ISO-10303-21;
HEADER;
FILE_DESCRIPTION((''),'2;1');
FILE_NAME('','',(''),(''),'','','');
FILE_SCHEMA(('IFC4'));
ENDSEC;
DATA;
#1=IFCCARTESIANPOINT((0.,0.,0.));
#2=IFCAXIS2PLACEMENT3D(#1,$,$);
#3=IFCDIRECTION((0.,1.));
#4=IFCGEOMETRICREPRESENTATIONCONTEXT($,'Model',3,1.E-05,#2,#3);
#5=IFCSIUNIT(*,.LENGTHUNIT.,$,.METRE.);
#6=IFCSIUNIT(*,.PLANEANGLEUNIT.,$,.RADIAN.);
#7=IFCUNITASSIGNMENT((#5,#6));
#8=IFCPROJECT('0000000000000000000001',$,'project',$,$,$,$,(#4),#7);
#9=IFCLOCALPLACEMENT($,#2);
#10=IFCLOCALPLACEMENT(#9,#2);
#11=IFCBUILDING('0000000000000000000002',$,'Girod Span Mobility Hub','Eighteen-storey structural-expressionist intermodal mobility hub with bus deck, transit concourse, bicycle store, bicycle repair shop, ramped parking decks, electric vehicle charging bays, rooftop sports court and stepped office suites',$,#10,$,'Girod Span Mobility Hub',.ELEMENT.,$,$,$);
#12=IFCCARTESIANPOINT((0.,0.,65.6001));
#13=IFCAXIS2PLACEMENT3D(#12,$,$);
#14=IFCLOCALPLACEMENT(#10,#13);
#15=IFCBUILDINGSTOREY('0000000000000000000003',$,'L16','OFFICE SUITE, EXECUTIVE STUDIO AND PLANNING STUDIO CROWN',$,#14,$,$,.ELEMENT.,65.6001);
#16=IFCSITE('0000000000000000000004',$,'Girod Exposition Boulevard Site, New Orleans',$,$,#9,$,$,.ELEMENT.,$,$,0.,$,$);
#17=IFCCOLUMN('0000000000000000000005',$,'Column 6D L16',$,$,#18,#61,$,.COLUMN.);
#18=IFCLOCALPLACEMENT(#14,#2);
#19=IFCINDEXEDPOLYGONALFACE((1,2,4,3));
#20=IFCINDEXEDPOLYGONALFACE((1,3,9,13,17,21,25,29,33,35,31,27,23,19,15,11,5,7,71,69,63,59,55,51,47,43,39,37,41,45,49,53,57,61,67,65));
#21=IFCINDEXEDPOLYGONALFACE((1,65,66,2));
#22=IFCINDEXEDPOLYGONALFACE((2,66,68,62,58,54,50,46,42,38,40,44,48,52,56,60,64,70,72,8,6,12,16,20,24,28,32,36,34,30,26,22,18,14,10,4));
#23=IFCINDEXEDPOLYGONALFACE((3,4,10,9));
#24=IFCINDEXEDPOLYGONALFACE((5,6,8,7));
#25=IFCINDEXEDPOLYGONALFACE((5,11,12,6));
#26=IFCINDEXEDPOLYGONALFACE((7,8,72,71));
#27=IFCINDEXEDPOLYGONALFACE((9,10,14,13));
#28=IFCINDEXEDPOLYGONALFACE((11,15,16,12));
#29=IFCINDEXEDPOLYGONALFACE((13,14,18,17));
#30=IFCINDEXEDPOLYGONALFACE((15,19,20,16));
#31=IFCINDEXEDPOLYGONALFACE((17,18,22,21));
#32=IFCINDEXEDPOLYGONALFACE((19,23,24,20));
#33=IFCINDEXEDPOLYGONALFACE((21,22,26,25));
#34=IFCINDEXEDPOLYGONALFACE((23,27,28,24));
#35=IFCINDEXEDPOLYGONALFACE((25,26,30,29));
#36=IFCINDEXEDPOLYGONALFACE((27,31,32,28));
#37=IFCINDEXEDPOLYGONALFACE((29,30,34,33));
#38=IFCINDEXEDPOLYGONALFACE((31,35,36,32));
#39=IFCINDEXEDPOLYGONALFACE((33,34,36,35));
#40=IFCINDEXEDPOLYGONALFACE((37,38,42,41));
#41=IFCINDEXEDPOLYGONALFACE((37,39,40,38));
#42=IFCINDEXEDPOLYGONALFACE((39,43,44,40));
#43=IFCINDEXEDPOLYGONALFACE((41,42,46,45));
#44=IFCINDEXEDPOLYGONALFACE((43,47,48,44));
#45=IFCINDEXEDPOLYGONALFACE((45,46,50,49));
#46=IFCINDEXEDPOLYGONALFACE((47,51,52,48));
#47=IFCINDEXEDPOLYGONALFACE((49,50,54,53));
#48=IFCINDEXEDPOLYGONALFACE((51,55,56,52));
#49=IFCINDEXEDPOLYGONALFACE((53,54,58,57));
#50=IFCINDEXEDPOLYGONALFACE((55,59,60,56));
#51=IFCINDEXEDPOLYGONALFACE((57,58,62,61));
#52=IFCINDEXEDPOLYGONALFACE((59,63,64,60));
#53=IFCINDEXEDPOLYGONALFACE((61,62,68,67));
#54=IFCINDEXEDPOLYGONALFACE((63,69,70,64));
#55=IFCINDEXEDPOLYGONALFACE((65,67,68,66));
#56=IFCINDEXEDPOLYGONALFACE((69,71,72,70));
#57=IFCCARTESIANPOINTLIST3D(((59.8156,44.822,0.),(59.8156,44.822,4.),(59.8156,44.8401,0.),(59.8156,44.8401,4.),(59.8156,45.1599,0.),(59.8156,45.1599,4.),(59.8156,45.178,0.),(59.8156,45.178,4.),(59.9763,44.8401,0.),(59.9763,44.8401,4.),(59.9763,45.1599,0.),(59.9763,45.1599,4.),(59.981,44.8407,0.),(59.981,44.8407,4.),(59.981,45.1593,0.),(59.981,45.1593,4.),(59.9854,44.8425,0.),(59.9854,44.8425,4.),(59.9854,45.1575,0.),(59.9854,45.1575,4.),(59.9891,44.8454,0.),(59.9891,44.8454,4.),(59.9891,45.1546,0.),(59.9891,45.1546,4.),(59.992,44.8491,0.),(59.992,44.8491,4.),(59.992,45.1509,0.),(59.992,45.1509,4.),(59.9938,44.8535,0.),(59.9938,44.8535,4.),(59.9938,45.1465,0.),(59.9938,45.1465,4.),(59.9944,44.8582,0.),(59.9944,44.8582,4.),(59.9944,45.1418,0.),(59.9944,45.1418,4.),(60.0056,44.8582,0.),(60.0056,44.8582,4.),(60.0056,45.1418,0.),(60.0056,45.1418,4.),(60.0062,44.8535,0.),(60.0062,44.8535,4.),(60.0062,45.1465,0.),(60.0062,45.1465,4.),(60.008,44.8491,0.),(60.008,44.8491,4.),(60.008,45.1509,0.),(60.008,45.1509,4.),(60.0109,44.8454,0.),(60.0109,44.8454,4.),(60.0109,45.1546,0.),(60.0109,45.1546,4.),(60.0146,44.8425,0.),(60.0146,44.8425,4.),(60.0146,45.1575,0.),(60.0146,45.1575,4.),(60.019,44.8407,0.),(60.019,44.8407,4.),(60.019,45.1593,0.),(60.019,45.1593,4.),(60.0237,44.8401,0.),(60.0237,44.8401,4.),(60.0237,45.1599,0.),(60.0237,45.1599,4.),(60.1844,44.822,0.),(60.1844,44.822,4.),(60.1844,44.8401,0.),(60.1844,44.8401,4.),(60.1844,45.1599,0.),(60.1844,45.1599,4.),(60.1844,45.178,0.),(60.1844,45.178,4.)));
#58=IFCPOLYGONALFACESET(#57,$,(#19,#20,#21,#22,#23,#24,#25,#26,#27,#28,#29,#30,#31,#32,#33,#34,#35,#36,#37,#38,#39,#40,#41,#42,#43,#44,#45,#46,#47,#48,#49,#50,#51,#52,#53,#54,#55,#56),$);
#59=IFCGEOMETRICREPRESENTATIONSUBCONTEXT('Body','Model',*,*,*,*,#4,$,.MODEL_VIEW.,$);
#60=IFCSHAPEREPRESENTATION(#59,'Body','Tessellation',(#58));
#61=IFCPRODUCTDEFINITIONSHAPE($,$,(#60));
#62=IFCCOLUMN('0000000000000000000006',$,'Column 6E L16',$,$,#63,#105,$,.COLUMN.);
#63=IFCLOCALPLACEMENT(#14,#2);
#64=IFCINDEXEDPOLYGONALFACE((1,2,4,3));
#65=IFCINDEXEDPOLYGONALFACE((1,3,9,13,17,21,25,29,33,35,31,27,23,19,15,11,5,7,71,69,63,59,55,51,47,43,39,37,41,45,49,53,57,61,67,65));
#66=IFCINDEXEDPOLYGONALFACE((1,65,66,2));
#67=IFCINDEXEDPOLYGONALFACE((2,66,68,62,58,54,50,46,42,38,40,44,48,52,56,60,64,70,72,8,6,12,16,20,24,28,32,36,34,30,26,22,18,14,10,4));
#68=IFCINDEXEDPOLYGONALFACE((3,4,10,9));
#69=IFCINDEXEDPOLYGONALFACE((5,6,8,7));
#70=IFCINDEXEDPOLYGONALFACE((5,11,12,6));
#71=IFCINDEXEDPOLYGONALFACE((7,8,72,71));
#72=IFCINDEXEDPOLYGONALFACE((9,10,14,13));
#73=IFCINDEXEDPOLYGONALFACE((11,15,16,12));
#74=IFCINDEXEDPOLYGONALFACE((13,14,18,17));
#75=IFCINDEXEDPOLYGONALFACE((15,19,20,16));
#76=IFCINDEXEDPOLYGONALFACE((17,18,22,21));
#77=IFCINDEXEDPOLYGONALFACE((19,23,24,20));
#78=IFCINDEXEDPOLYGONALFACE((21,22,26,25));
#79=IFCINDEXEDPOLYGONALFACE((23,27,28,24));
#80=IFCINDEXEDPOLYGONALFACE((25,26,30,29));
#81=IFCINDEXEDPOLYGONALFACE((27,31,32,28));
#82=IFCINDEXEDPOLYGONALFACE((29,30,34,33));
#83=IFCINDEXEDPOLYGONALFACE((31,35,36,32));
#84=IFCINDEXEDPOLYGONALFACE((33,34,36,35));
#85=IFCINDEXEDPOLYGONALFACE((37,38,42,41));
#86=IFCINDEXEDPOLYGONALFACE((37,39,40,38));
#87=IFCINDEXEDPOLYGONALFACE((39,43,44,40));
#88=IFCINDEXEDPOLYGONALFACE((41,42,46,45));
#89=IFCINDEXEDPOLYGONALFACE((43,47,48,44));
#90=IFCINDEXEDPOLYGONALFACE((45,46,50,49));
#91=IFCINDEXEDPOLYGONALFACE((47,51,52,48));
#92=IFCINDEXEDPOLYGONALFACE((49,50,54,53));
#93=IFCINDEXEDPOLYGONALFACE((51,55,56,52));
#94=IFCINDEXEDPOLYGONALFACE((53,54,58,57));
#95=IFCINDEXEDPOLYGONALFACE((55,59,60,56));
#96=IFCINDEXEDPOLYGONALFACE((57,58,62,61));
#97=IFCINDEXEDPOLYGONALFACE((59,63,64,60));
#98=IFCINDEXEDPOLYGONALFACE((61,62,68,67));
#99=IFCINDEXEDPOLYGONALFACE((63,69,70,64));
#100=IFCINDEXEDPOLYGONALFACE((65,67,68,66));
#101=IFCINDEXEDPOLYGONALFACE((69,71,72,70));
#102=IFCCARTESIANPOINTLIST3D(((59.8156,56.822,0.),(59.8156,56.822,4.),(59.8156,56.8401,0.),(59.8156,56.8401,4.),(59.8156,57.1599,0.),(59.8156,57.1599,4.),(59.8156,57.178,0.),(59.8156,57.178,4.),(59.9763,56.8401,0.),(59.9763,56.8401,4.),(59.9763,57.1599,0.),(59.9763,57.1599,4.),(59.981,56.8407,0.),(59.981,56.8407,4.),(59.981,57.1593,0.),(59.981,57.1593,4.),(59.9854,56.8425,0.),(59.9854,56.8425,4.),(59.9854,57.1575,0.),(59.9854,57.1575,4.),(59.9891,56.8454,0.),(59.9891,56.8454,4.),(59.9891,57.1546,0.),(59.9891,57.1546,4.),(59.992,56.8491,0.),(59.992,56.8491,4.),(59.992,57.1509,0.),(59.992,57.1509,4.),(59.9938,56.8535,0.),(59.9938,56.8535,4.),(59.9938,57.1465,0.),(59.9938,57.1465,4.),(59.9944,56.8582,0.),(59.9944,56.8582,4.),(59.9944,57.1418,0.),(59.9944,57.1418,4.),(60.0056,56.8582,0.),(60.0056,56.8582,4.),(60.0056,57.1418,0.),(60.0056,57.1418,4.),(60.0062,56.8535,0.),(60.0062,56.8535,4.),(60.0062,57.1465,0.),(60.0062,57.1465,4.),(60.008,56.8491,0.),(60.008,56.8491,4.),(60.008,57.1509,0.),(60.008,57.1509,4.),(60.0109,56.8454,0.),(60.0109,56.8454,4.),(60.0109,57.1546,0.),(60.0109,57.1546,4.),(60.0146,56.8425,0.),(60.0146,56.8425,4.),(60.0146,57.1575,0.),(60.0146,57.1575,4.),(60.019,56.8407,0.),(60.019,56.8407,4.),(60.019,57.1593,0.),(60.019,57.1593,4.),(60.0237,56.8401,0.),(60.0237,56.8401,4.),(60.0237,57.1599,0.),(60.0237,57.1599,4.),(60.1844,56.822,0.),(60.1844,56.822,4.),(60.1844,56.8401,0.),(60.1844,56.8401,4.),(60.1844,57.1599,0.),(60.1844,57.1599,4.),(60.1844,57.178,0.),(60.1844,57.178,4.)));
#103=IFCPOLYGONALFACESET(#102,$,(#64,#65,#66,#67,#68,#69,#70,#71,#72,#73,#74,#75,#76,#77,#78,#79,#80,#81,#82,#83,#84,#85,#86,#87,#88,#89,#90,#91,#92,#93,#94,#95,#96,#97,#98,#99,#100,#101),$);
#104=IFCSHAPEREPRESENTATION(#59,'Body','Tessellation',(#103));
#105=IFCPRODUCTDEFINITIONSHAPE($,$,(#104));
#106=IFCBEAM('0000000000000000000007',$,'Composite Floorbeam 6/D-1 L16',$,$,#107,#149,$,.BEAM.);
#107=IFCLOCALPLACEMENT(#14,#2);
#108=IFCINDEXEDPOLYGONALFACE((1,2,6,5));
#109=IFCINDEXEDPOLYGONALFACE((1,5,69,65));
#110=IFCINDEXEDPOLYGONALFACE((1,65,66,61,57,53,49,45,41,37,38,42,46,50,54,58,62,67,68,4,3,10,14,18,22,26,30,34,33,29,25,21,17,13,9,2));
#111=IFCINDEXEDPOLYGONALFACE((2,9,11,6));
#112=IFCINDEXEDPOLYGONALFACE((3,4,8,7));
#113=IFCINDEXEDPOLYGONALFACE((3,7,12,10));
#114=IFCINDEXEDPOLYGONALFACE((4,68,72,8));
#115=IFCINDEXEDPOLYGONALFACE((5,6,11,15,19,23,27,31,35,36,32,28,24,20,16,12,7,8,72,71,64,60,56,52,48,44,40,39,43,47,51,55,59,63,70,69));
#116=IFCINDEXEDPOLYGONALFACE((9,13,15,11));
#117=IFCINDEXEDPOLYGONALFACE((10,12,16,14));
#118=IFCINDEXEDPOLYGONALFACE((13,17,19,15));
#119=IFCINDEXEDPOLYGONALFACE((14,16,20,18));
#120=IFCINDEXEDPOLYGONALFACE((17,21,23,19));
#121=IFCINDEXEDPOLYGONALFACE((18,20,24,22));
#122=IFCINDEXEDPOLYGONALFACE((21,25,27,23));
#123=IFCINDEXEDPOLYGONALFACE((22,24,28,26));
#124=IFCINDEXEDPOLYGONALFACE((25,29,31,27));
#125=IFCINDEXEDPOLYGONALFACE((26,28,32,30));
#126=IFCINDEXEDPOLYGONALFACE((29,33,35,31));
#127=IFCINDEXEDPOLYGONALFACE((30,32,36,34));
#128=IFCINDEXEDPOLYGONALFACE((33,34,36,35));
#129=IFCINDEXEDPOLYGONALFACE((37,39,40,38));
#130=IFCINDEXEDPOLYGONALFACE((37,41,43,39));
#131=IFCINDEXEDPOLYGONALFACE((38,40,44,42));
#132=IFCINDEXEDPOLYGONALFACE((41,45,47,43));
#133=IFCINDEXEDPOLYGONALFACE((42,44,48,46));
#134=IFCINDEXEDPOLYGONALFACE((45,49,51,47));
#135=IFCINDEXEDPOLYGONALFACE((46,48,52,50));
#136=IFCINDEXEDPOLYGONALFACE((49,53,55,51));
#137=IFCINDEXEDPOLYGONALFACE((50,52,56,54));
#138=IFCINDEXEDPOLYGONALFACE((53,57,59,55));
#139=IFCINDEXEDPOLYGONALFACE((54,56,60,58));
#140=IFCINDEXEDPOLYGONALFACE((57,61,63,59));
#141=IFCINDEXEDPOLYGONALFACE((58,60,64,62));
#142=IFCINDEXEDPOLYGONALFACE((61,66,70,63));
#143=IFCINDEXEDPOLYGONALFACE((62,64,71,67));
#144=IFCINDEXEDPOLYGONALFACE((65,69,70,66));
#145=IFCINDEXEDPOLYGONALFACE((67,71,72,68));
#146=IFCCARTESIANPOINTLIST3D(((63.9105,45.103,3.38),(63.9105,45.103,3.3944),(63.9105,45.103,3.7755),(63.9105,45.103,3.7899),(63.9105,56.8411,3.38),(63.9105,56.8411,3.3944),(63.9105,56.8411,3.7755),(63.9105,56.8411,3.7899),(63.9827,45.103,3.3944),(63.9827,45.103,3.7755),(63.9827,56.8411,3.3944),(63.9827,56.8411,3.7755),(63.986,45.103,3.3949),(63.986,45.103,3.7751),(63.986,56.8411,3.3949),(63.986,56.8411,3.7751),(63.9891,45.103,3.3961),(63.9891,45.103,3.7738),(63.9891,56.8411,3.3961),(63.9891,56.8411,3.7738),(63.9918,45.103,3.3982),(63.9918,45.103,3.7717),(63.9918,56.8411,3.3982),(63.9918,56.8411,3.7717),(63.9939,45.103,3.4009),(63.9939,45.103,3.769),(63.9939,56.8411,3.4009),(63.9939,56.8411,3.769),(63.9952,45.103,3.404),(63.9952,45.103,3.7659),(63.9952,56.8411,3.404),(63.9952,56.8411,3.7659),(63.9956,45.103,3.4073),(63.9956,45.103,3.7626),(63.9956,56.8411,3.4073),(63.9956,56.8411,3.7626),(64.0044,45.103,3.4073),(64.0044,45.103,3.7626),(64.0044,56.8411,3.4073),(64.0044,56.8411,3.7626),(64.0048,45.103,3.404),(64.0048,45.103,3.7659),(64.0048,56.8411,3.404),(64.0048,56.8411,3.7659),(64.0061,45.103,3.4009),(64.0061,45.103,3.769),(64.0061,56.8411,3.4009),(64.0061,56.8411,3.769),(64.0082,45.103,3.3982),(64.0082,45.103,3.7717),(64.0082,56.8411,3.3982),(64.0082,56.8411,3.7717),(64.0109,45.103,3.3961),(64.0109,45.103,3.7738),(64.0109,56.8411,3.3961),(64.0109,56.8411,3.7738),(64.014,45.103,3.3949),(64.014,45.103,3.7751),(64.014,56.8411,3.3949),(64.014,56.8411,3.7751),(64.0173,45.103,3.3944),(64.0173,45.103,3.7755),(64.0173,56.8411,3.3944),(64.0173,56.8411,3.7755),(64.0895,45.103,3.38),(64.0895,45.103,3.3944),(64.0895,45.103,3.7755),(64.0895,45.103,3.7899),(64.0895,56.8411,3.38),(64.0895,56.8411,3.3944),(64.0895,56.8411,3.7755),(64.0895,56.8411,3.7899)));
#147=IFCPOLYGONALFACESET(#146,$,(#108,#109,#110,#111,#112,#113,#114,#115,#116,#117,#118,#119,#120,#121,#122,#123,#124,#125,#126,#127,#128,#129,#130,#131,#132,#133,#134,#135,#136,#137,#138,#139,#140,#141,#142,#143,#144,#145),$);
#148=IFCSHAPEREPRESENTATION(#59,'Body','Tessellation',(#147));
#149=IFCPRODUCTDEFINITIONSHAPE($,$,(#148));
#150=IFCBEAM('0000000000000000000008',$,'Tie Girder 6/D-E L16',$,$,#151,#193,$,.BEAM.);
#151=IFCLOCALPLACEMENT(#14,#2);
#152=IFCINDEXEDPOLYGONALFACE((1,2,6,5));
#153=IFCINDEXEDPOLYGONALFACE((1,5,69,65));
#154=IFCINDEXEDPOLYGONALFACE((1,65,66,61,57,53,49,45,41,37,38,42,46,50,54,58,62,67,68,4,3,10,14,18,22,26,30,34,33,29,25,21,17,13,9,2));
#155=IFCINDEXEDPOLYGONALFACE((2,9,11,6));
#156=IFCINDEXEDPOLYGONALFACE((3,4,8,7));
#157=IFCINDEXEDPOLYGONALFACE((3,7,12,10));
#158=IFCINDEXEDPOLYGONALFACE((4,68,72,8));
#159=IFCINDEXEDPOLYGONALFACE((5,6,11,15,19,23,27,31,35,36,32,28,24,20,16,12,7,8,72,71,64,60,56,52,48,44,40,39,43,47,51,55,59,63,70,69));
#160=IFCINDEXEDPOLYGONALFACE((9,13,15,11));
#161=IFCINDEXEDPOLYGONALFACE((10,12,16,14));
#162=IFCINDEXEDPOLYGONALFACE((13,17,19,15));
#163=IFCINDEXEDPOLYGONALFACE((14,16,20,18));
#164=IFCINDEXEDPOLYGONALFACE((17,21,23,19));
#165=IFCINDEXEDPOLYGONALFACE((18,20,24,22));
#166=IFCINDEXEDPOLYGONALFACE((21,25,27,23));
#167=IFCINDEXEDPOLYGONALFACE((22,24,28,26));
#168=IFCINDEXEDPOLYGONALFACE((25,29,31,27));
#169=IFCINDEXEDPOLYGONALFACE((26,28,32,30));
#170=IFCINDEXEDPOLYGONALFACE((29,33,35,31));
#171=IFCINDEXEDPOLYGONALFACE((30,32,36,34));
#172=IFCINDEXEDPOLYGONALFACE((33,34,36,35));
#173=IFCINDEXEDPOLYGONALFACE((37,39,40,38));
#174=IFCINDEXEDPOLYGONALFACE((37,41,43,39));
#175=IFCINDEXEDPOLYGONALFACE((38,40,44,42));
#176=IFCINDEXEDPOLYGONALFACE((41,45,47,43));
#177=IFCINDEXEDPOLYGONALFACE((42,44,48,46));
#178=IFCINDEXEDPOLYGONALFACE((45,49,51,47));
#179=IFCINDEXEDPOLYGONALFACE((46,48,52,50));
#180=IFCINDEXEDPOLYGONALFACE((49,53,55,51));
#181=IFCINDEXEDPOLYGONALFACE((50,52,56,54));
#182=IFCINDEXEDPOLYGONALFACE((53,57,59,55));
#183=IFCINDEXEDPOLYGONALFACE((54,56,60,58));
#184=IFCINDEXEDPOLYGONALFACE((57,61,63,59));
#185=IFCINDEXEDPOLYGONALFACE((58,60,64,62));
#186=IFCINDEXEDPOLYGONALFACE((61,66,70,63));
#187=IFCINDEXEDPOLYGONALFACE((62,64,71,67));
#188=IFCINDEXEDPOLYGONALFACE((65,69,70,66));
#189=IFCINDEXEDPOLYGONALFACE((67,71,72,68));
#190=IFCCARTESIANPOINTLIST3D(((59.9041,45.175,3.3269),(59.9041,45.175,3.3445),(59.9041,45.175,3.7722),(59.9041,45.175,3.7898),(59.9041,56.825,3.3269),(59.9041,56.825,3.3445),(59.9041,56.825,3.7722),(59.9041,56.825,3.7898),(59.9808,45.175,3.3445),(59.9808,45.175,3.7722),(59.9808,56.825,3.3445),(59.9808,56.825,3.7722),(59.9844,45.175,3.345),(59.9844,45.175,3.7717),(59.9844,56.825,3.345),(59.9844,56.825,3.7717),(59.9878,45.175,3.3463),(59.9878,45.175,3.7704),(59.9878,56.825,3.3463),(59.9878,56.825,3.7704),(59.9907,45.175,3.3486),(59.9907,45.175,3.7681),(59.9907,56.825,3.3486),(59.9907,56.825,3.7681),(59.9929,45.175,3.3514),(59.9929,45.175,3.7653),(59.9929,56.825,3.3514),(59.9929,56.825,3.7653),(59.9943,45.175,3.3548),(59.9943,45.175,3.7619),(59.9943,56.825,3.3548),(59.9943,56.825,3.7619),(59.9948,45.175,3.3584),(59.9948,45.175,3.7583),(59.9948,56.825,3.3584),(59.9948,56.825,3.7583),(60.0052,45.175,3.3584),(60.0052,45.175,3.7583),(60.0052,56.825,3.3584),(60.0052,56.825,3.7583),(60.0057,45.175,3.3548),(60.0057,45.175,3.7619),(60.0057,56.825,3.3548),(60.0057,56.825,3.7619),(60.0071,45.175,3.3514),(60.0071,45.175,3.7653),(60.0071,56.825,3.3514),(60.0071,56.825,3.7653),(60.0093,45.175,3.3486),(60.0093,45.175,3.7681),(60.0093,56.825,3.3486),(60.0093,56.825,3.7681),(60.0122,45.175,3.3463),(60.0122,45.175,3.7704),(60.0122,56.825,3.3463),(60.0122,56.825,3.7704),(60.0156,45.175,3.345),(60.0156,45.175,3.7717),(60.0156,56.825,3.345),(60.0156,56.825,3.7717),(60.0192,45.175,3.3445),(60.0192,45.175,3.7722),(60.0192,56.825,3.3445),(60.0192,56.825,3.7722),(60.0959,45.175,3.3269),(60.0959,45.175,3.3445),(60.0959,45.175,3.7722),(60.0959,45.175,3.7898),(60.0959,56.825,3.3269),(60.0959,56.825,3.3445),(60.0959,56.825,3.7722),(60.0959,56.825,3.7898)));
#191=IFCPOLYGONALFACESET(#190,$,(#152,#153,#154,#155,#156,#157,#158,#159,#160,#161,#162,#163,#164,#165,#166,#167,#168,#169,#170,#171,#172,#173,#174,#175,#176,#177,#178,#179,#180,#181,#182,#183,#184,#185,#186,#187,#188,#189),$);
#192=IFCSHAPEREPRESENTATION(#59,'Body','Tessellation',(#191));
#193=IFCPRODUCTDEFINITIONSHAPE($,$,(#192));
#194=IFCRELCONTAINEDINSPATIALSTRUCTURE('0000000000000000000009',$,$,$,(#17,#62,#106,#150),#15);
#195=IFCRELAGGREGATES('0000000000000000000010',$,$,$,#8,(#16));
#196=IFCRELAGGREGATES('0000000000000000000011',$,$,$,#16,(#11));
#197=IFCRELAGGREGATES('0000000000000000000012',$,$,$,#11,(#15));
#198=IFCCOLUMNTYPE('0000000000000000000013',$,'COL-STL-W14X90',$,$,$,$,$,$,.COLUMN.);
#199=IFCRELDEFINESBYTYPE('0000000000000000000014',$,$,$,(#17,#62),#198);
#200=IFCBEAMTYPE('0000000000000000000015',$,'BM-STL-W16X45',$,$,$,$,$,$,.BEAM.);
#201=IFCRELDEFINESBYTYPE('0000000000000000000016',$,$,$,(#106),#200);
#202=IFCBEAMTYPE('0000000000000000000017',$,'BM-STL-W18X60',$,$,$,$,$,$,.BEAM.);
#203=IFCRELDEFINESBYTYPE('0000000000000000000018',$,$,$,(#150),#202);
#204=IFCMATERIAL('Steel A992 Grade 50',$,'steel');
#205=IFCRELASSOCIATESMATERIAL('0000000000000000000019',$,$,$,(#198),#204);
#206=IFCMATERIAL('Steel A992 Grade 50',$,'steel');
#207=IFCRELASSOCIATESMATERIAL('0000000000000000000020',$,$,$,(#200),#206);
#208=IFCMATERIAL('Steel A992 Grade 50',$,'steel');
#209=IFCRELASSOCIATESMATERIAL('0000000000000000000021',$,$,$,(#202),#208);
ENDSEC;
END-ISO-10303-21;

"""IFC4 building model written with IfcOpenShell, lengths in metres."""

from ifc_helpers import new_model, si_unit, direction, frame, origin, origin_2d, place, context, subcontext, project, spatial, i_section, extrude, material, material_profile, profile_set, type_object, element, save


model = new_model("IFC4")

# Units and contexts
model_context = context("Model", 3, precision=1e-05, world=origin(), true_north=direction((0.0, 1.0)))
body_context = subcontext(model_context, "Body", "Model", "MODEL_VIEW")
ifc_project = project(units=[si_unit("LENGTHUNIT", "METRE"), si_unit("PLANEANGLEUNIT", "RADIAN")], contexts=[model_context])

# Site, building, storey
site_placement = place(None, origin())
site = spatial("IfcSite", under=ifc_project, at=site_placement, Name="Girod Exposition Boulevard Site, New Orleans", CompositionType="ELEMENT", RefElevation=0.0)
building_placement = place(site_placement, origin())
building = spatial("IfcBuilding", under=site, at=building_placement, Name="Girod Span Mobility Hub", Description="Eighteen-storey structural-expressionist intermodal mobility hub with bus deck, transit concourse, bicycle store, bicycle repair shop, ramped parking decks, electric vehicle charging bays, rooftop sports court and stepped office suites", LongName="Girod Span Mobility Hub", CompositionType="ELEMENT")
storey_placement = place(building_placement, frame((0.0, 0.0, 65.6001)))
storey = spatial("IfcBuildingStorey", under=building, at=storey_placement, Name="L16", Description="OFFICE SUITE, EXECUTIVE STUDIO AND PLANNING STUDIO CROWN", CompositionType="ELEMENT", Elevation=65.6001)

# Columns
ifc_material_1 = material(Name="Steel A992 Grade 50", Category="steel")
ifc_material_profile_1 = material_profile(ifc_material_1, i_section(OverallWidth=0.3689, OverallDepth=0.356, WebThickness=0.0112, FlangeThickness=0.0181, FilletRadius=0.0181, at=origin_2d()), Name="W14X90")
ifc_profile_set_1 = profile_set([ifc_material_profile_1], Name="Steel A992 Grade 50")
column_type = type_object("IfcColumnType", Name="COL-STL-W14X90", PredefinedType="COLUMN", material=ifc_profile_set_1)
for number, where, z_axis, x_axis, name in (
    (1, (60.0, 45.0, 0.0), (0.0, 0.0, 1.0), (1.0, 0.0, 0.0), "Column 6D L16"),
    (2, (60.0, 57.0, 0.0), (0.0, 0.0, 1.0), (1.0, 0.0, 0.0), "Column 6E L16"),
):
    element("IfcColumn", number, at=place(storey_placement, frame(where, z_axis=z_axis, x_axis=x_axis)), inside=storey, type_object=column_type, Name=name, PredefinedType="COLUMN", context=body_context, shape_type="SweptSolid", body=[
        extrude(i_section(OverallWidth=0.3689, OverallDepth=0.356, WebThickness=0.0112, FlangeThickness=0.0181, FilletRadius=0.0181, at=origin_2d()), origin(), (0.0, 0.0, 1.0), 4.0),
    ])

# Beams
ifc_material_2 = material(Name="Steel A992 Grade 50", Category="steel")
ifc_material_profile_2 = material_profile(ifc_material_2, i_section(OverallWidth=0.179, OverallDepth=0.4099, WebThickness=0.0088, FlangeThickness=0.0144, FilletRadius=0.0129, at=origin_2d()), Name="W16X45")
ifc_profile_set_2 = profile_set([ifc_material_profile_2], Name="Steel A992 Grade 50")
beam_type_1 = type_object("IfcBeamType", Name="BM-STL-W16X45", PredefinedType="BEAM", material=ifc_profile_set_2)
beam_1_placement = place(storey_placement, frame((64.0, 45.103, 3.585), z_axis=(0.0, 1.0, 0.0), x_axis=(-1.0, 0.0, 0.0)))
element("IfcBeam", 3, at=beam_1_placement, inside=storey, type_object=beam_type_1, Name="Composite Floorbeam 6/D-1 L16", PredefinedType="BEAM", context=body_context, shape_type="SweptSolid", body=[
    extrude(i_section(OverallWidth=0.179, OverallDepth=0.4099, WebThickness=0.0088, FlangeThickness=0.0144, FilletRadius=0.0129, at=origin_2d()), origin(), (0.0, 0.0, 1.0), 11.738),
])
ifc_material_3 = material(Name="Steel A992 Grade 50", Category="steel")
ifc_material_profile_3 = material_profile(ifc_material_3, i_section(OverallWidth=0.1919, OverallDepth=0.4629, WebThickness=0.0105, FlangeThickness=0.0176, FilletRadius=0.0139, at=origin_2d()), Name="W18X60")
ifc_profile_set_3 = profile_set([ifc_material_profile_3], Name="Steel A992 Grade 50")
beam_type_2 = type_object("IfcBeamType", Name="BM-STL-W18X60", PredefinedType="BEAM", material=ifc_profile_set_3)
beam_2_placement = place(storey_placement, frame((60.0, 45.175, 3.5583), z_axis=(0.0, 1.0, 0.0), x_axis=(-1.0, 0.0, 0.0)))
element("IfcBeam", 4, at=beam_2_placement, inside=storey, type_object=beam_type_2, Name="Tie Girder 6/D-E L16", PredefinedType="BEAM", context=body_context, shape_type="SweptSolid", body=[
    extrude(i_section(OverallWidth=0.1919, OverallDepth=0.4629, WebThickness=0.0105, FlangeThickness=0.0176, FilletRadius=0.0139, at=origin_2d()), origin(), (0.0, 0.0, 1.0), 11.6499),
])

save(model, "model.ifc")
